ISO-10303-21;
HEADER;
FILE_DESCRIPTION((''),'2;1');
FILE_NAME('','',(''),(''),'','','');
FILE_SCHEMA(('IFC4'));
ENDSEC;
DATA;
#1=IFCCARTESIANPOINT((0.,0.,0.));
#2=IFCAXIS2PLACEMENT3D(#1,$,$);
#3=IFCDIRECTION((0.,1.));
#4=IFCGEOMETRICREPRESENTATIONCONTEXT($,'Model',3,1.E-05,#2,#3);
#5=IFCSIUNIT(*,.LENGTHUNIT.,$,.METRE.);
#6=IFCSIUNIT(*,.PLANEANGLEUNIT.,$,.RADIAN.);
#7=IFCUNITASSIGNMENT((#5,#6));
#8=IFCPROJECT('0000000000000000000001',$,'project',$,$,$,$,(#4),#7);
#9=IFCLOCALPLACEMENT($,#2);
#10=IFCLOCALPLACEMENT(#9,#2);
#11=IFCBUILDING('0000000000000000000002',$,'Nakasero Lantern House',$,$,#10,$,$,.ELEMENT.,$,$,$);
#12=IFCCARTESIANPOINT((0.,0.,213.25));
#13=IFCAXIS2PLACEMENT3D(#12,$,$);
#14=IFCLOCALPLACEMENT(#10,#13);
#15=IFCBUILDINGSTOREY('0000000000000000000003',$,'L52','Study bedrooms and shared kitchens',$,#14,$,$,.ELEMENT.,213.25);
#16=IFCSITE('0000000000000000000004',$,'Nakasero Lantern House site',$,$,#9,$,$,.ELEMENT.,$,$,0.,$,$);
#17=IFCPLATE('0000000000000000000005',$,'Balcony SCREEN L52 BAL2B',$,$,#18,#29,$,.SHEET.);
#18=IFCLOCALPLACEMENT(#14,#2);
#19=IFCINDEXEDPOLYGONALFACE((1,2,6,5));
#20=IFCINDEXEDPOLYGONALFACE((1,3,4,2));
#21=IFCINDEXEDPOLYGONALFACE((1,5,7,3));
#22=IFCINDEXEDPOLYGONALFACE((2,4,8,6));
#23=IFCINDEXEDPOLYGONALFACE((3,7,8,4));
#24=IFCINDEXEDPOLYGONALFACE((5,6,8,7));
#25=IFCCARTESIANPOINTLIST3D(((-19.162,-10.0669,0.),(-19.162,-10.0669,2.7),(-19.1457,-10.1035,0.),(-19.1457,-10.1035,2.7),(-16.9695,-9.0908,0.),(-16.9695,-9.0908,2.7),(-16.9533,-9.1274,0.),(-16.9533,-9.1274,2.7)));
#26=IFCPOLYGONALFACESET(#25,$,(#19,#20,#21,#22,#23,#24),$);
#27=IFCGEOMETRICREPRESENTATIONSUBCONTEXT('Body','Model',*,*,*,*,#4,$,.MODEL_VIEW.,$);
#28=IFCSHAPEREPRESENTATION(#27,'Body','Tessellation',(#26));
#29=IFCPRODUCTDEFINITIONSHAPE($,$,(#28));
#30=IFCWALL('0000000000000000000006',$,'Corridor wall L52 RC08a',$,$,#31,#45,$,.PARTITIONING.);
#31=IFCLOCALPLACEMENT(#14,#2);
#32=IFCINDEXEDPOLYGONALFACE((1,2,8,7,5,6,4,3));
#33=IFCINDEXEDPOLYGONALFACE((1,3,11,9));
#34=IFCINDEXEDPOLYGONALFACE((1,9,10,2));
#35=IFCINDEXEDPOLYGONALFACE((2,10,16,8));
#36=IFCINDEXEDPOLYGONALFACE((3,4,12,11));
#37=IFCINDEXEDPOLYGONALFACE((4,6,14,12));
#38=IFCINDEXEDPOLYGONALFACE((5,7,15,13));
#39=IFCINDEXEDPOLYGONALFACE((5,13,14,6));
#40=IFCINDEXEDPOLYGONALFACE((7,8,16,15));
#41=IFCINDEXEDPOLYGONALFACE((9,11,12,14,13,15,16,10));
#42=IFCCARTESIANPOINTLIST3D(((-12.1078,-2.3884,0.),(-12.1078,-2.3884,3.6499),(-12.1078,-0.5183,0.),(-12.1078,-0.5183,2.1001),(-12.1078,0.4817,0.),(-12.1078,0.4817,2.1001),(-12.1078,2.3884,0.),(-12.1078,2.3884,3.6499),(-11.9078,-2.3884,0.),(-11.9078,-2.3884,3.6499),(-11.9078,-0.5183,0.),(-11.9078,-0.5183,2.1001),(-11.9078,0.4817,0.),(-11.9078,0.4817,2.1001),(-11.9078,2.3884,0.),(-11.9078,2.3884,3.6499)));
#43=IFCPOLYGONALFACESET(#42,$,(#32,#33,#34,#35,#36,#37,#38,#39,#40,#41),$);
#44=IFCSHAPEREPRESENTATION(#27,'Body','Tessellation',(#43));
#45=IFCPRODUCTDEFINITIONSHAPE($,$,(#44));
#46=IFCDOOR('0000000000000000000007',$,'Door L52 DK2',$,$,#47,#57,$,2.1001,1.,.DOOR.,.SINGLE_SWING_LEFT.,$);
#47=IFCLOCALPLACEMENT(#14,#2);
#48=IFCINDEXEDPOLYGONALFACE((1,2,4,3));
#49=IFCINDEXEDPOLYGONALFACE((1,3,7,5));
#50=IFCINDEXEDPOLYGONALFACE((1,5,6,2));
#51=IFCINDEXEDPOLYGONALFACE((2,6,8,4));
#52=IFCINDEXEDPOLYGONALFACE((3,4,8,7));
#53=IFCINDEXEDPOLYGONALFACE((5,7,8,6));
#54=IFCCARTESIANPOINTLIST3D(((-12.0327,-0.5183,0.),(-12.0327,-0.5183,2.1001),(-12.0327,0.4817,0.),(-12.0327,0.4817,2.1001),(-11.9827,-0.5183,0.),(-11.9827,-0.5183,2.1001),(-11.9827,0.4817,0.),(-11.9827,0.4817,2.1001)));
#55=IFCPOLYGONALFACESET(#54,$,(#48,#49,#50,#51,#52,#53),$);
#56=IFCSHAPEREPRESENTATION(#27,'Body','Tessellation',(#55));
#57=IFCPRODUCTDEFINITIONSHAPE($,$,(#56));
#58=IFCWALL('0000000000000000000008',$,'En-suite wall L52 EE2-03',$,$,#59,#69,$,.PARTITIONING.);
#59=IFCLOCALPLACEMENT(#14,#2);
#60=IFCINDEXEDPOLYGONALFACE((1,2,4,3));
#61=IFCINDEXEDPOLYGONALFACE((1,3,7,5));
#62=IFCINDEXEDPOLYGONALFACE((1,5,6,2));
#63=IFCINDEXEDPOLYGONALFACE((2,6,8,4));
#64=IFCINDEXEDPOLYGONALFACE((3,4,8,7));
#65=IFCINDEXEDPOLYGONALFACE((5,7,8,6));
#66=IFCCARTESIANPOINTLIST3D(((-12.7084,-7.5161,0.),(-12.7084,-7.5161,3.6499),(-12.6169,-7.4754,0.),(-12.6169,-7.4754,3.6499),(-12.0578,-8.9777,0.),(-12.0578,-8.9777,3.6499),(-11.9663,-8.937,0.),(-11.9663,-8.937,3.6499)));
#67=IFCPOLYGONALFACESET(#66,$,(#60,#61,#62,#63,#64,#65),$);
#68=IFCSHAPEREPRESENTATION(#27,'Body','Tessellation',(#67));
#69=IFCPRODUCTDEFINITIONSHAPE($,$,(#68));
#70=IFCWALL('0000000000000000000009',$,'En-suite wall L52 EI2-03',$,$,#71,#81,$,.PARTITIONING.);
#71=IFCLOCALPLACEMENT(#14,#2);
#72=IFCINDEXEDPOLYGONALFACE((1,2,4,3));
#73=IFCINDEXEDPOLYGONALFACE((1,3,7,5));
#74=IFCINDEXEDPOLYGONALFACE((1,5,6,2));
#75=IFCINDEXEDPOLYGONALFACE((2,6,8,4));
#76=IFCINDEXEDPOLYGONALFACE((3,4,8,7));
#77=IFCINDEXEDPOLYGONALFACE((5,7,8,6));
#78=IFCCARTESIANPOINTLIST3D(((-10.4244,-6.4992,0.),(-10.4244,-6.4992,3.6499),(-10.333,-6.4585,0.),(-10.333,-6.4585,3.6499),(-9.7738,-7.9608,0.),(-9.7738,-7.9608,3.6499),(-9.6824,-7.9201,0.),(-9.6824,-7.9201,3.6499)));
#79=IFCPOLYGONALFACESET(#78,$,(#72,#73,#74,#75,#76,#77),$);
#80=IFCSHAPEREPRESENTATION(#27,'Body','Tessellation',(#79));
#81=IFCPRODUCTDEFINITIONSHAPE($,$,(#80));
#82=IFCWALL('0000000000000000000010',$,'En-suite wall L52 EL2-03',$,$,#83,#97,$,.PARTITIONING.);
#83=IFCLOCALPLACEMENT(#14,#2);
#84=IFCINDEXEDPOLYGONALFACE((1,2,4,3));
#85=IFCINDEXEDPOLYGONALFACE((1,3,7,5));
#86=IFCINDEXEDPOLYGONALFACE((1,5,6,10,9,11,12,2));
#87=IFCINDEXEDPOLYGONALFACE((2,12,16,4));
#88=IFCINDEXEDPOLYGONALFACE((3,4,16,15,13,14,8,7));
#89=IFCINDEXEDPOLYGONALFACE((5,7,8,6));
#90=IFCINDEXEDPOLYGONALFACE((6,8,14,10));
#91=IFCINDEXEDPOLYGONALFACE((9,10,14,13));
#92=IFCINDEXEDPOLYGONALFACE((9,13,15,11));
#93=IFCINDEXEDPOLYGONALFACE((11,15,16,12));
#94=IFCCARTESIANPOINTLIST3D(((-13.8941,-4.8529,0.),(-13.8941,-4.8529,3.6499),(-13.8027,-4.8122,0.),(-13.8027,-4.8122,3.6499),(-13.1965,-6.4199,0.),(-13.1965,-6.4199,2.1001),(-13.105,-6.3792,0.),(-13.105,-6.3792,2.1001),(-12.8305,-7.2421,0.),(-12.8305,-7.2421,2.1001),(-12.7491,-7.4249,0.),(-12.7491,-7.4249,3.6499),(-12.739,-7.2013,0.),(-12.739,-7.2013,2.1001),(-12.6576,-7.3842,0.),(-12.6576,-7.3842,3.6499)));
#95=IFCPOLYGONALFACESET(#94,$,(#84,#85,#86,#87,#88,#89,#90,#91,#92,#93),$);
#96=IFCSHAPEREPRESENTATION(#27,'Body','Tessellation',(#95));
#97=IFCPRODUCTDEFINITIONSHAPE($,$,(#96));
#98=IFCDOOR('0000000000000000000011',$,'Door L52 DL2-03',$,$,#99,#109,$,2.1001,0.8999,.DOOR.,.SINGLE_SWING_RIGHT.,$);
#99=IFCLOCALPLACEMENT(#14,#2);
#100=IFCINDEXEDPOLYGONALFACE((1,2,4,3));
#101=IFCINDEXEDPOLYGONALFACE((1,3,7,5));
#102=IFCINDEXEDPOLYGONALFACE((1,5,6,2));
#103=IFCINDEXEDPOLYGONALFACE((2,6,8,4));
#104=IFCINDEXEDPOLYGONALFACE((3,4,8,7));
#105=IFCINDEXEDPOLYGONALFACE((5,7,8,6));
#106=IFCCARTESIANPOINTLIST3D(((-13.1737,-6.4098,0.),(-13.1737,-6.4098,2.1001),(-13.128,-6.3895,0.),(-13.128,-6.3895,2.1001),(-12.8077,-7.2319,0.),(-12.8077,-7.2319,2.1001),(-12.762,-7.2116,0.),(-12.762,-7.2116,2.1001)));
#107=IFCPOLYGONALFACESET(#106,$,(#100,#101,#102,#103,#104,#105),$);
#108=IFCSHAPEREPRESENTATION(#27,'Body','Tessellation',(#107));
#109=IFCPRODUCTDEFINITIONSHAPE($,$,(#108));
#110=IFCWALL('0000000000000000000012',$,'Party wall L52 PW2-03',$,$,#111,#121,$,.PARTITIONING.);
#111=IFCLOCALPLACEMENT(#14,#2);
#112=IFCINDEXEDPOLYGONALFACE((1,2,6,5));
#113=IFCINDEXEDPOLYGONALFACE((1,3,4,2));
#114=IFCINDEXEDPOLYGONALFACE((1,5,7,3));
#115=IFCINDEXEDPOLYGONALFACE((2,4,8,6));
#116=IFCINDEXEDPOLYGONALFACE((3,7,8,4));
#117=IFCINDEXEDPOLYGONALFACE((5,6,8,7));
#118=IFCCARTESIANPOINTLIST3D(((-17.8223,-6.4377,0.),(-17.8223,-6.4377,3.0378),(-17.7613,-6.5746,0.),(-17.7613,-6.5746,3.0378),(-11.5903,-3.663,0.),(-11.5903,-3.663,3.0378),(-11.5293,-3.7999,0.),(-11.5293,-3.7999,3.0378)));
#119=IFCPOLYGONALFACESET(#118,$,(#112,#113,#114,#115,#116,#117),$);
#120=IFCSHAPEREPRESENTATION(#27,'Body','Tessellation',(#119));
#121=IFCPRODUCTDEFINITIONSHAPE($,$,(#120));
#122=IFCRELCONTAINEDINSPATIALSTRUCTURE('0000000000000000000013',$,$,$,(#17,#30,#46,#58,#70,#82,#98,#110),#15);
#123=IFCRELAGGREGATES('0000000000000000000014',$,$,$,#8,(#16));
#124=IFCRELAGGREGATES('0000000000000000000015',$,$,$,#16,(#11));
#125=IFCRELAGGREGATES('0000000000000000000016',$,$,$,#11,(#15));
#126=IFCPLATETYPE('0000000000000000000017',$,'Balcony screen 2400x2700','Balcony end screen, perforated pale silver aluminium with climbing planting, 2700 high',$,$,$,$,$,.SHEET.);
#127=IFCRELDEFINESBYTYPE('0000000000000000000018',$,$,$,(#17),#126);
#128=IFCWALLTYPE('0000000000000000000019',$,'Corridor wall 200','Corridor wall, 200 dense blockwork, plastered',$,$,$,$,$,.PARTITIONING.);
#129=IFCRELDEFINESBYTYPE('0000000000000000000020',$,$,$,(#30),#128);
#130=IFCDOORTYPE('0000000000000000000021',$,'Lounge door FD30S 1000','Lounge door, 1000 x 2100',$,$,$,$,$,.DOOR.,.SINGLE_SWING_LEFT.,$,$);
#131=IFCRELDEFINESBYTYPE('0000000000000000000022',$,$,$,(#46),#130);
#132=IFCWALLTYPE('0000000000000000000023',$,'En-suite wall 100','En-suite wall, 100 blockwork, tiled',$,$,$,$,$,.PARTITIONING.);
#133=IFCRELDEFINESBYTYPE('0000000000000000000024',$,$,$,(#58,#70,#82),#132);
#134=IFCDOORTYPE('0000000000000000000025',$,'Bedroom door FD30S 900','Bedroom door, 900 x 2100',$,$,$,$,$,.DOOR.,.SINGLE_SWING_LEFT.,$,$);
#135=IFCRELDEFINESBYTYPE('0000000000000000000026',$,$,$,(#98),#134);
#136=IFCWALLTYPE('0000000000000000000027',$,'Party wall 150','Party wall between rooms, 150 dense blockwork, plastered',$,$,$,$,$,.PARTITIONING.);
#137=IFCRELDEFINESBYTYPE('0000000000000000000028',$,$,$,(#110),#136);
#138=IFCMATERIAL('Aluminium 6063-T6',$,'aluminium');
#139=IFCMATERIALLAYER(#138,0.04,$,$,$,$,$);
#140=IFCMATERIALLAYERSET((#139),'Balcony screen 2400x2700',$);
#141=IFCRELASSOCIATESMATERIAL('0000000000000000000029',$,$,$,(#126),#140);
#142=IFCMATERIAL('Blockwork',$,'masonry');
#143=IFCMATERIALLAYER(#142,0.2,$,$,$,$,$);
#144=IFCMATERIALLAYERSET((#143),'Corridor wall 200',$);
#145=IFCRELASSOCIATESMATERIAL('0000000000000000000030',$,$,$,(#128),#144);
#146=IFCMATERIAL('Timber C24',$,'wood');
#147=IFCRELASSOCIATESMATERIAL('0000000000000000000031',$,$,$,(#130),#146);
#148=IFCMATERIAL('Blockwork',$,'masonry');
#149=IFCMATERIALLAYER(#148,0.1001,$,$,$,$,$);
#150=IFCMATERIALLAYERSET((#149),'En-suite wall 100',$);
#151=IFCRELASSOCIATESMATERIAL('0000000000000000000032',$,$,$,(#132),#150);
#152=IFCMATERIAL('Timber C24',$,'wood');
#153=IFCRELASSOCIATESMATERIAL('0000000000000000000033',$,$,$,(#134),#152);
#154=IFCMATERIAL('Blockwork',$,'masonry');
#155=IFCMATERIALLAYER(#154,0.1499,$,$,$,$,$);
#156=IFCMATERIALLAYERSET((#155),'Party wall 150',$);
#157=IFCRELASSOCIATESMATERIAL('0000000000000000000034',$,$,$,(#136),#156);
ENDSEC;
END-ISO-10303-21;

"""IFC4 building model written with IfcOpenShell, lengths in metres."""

from ifc_helpers import new_model, si_unit, direction, frame, frame_2d, origin, origin_2d, place, context, subcontext, project, spatial, rectangle, extrude, material, layer, layer_set, type_object, element, fill, save


model = new_model("IFC4")

# Units and contexts
model_context = context("Model", 3, precision=1e-05, world=origin(), true_north=direction((0.0, 1.0)))
body_context = subcontext(model_context, "Body", "Model", "MODEL_VIEW")
ifc_project = project(units=[si_unit("LENGTHUNIT", "METRE"), si_unit("PLANEANGLEUNIT", "RADIAN")], contexts=[model_context])

# Site, building, storey
site_placement = place(None, origin())
site = spatial("IfcSite", under=ifc_project, at=site_placement, Name="Nakasero Lantern House site", CompositionType="ELEMENT", RefElevation=0.0)
building_placement = place(site_placement, origin())
building = spatial("IfcBuilding", under=site, at=building_placement, Name="Nakasero Lantern House", CompositionType="ELEMENT")
storey_placement = place(building_placement, frame((0.0, 0.0, 213.25)))
storey = spatial("IfcBuildingStorey", under=building, at=storey_placement, Name="L52", Description="Study bedrooms and shared kitchens", CompositionType="ELEMENT", Elevation=213.25)

# Plate
ifc_material_1 = material(Name="Aluminium 6063-T6", Category="aluminium")
ifc_layer_1 = layer(ifc_material_1, 0.04)
ifc_layer_set_1 = layer_set([ifc_layer_1], Name="Balcony screen 2400x2700")
plate_type_1 = type_object("IfcPlateType", Name="Balcony screen 2400x2700", Description="Balcony end screen, perforated pale silver aluminium with climbing planting, 2700 high", PredefinedType="SHEET", material=ifc_layer_set_1)
for number, where, z_axis, x_axis, name in (
    (1, (-18.0576, -9.5972, 0.0), (0.0, 0.0, 1.0), (-0.913545, -0.406737, 0.0), "Balcony SCREEN L52 BAL2B"),
):
    element("IfcPlate", number, at=place(storey_placement, frame(where, z_axis=z_axis, x_axis=x_axis)), inside=storey, type_object=plate_type_1, Name=name, PredefinedType="SHEET", context=body_context, shape_type="SweptSolid", body=[
        extrude(rectangle(XDim=2.3999, YDim=0.04, at=origin_2d()), origin(), (0.0, 0.0, 1.0), 2.7),
    ])

# Wall, opening, door
ifc_material_2 = material(Name="Blockwork", Category="masonry")
ifc_layer_2 = layer(ifc_material_2, 0.2)
ifc_layer_set_2 = layer_set([ifc_layer_2], Name="Corridor wall 200")
wall_type_1 = type_object("IfcWallType", Name="Corridor wall 200", Description="Corridor wall, 200 dense blockwork, plastered", PredefinedType="PARTITIONING", material=ifc_layer_set_2)
wall_1_placement = place(storey_placement, frame((-12.0078, -2.3884, 0.0), z_axis=(0.0, 0.0, 1.0), x_axis=(0.0, 1.0, 0.0)))
wall_1 = element("IfcWall", 2, at=wall_1_placement, inside=storey, type_object=wall_type_1, Name="Corridor wall L52 RC08a", PredefinedType="PARTITIONING", context=body_context, shape_type="SweptSolid", body=[
    extrude(rectangle(XDim=4.7769, YDim=0.2, at=frame_2d((2.3884, 0.0))), origin(), (0.0, 0.0, 1.0), 3.6499),
])
opening_1_placement = place(wall_1_placement, frame((1.8701, 0.0, 0.0)))
opening_1 = element("IfcOpeningElement", 3, at=opening_1_placement, cuts=wall_1, PredefinedType="OPENING", context=body_context, shape_type="SweptSolid", body=[
    extrude(rectangle(XDim=1.0, YDim=2.1001, at=frame_2d((0.5, 1.05))), frame((0.0, 0.1199, 0.0), z_axis=(0.0, -1.0, 0.0), x_axis=(1.0, 0.0, 0.0)), (0.0, 0.0, 1.0), 0.24),
])
ifc_material_3 = material(Name="Timber C24", Category="wood")
door_type_1 = type_object("IfcDoorType", Name="Lounge door FD30S 1000", Description="Lounge door, 1000 x 2100", OperationType="SINGLE_SWING_LEFT", PredefinedType="DOOR", material=ifc_material_3)
door_1_placement = place(opening_1_placement, origin())
door_1 = element("IfcDoor", 4, at=door_1_placement, inside=storey, type_object=door_type_1, Name="Door L52 DK2", OperationType="SINGLE_SWING_LEFT", OverallHeight=2.1001, OverallWidth=1.0, PredefinedType="DOOR", context=body_context, shape_type="SweptSolid", body=[
    extrude(rectangle(XDim=1.0, YDim=2.1001, at=frame_2d((0.5, 1.05))), frame((0.0, 0.0249, 0.0), z_axis=(0.0, -1.0, 0.0), x_axis=(1.0, 0.0, 0.0)), (0.0, 0.0, 1.0), 0.05),
])
fill(opening_1, door_1)

# Walls
ifc_material_4 = material(Name="Blockwork", Category="masonry")
ifc_layer_3 = layer(ifc_material_4, 0.1001)
ifc_layer_set_3 = layer_set([ifc_layer_3], Name="En-suite wall 100")
wall_type_2 = type_object("IfcWallType", Name="En-suite wall 100", Description="En-suite wall, 100 blockwork, tiled", PredefinedType="PARTITIONING", material=ifc_layer_set_3)
for number, where, z_axis, x_axis, name in (
    (5, (-12.6626, -7.4958, 0.0), (0.0, 0.0, 1.0), (0.406662, -0.913579, 0.0), "En-suite wall L52 EE2-03"),
    (6, (-10.3787, -6.479, 0.0), (0.0, 0.0, 1.0), (0.406662, -0.913579, 0.0), "En-suite wall L52 EI2-03"),
):
    element("IfcWall", number, at=place(storey_placement, frame(where, z_axis=z_axis, x_axis=x_axis)), inside=storey, type_object=wall_type_2, Name=name, PredefinedType="PARTITIONING", context=body_context, shape_type="SweptSolid", body=[
        extrude(rectangle(XDim=1.5999, YDim=0.1001, at=frame_2d((0.7998, 0.0))), origin(), (0.0, 0.0, 1.0), 3.6499),
    ])

# Wall, opening, door
wall_2_placement = place(storey_placement, frame((-13.8484, -4.8325, 0.0), z_axis=(0.0, 0.0, 1.0), x_axis=(0.406702, -0.913561, 0.0)))
wall_2 = element("IfcWall", 7, at=wall_2_placement, inside=storey, type_object=wall_type_2, Name="En-suite wall L52 EL2-03", PredefinedType="PARTITIONING", context=body_context, shape_type="SweptSolid", body=[
    extrude(rectangle(XDim=2.8154, YDim=0.1001, at=frame_2d((1.4077, 0.0))), origin(), (0.0, 0.0, 1.0), 3.6499),
])
opening_2_placement = place(wall_2_placement, frame((1.7153, 0.0, 0.0)))
opening_2 = element("IfcOpeningElement", 8, at=opening_2_placement, cuts=wall_2, PredefinedType="OPENING", context=body_context, shape_type="SweptSolid", body=[
    extrude(rectangle(XDim=0.8999, YDim=2.1001, at=frame_2d((0.45, 1.05))), frame((0.0, 0.0701, 0.0), z_axis=(0.0, -1.0, 0.0), x_axis=(1.0, 0.0, 0.0)), (0.0, 0.0, 1.0), 0.1401),
])
ifc_material_5 = material(Name="Timber C24", Category="wood")
door_type_2 = type_object("IfcDoorType", Name="Bedroom door FD30S 900", Description="Bedroom door, 900 x 2100", OperationType="SINGLE_SWING_LEFT", PredefinedType="DOOR", material=ifc_material_5)
door_2_placement = place(opening_2_placement, origin())
door_2 = element("IfcDoor", 9, at=door_2_placement, inside=storey, type_object=door_type_2, Name="Door L52 DL2-03", OperationType="SINGLE_SWING_RIGHT", OverallHeight=2.1001, OverallWidth=0.8999, PredefinedType="DOOR", context=body_context, shape_type="SweptSolid", body=[
    extrude(rectangle(XDim=0.8999, YDim=2.1001, at=frame_2d((0.45, 1.05))), frame((0.0, 0.0249, 0.0), z_axis=(0.0, -1.0, 0.0), x_axis=(1.0, 0.0, 0.0)), (0.0, 0.0, 1.0), 0.05),
])
fill(opening_2, door_2)

# Wall
ifc_material_6 = material(Name="Blockwork", Category="masonry")
ifc_layer_4 = layer(ifc_material_6, 0.1499)
ifc_layer_set_4 = layer_set([ifc_layer_4], Name="Party wall 150")
wall_type_3 = type_object("IfcWallType", Name="Party wall 150", Description="Party wall between rooms, 150 dense blockwork, plastered", PredefinedType="PARTITIONING", material=ifc_layer_set_4)
wall_3_placement = place(storey_placement, frame((-11.5598, -3.7314, 0.0), z_axis=(0.0, 0.0, 1.0), x_axis=(-0.913544, -0.406739, 0.0)))
element("IfcWall", 10, at=wall_3_placement, inside=storey, type_object=wall_type_3, Name="Party wall L52 PW2-03", PredefinedType="PARTITIONING", context=body_context, shape_type="SweptSolid", body=[
    extrude(rectangle(XDim=6.8218, YDim=0.1499, at=frame_2d((3.4109, 0.0))), origin(), (0.0, 0.0, 1.0), 3.0378),
])

save(model, "model.ifc")
